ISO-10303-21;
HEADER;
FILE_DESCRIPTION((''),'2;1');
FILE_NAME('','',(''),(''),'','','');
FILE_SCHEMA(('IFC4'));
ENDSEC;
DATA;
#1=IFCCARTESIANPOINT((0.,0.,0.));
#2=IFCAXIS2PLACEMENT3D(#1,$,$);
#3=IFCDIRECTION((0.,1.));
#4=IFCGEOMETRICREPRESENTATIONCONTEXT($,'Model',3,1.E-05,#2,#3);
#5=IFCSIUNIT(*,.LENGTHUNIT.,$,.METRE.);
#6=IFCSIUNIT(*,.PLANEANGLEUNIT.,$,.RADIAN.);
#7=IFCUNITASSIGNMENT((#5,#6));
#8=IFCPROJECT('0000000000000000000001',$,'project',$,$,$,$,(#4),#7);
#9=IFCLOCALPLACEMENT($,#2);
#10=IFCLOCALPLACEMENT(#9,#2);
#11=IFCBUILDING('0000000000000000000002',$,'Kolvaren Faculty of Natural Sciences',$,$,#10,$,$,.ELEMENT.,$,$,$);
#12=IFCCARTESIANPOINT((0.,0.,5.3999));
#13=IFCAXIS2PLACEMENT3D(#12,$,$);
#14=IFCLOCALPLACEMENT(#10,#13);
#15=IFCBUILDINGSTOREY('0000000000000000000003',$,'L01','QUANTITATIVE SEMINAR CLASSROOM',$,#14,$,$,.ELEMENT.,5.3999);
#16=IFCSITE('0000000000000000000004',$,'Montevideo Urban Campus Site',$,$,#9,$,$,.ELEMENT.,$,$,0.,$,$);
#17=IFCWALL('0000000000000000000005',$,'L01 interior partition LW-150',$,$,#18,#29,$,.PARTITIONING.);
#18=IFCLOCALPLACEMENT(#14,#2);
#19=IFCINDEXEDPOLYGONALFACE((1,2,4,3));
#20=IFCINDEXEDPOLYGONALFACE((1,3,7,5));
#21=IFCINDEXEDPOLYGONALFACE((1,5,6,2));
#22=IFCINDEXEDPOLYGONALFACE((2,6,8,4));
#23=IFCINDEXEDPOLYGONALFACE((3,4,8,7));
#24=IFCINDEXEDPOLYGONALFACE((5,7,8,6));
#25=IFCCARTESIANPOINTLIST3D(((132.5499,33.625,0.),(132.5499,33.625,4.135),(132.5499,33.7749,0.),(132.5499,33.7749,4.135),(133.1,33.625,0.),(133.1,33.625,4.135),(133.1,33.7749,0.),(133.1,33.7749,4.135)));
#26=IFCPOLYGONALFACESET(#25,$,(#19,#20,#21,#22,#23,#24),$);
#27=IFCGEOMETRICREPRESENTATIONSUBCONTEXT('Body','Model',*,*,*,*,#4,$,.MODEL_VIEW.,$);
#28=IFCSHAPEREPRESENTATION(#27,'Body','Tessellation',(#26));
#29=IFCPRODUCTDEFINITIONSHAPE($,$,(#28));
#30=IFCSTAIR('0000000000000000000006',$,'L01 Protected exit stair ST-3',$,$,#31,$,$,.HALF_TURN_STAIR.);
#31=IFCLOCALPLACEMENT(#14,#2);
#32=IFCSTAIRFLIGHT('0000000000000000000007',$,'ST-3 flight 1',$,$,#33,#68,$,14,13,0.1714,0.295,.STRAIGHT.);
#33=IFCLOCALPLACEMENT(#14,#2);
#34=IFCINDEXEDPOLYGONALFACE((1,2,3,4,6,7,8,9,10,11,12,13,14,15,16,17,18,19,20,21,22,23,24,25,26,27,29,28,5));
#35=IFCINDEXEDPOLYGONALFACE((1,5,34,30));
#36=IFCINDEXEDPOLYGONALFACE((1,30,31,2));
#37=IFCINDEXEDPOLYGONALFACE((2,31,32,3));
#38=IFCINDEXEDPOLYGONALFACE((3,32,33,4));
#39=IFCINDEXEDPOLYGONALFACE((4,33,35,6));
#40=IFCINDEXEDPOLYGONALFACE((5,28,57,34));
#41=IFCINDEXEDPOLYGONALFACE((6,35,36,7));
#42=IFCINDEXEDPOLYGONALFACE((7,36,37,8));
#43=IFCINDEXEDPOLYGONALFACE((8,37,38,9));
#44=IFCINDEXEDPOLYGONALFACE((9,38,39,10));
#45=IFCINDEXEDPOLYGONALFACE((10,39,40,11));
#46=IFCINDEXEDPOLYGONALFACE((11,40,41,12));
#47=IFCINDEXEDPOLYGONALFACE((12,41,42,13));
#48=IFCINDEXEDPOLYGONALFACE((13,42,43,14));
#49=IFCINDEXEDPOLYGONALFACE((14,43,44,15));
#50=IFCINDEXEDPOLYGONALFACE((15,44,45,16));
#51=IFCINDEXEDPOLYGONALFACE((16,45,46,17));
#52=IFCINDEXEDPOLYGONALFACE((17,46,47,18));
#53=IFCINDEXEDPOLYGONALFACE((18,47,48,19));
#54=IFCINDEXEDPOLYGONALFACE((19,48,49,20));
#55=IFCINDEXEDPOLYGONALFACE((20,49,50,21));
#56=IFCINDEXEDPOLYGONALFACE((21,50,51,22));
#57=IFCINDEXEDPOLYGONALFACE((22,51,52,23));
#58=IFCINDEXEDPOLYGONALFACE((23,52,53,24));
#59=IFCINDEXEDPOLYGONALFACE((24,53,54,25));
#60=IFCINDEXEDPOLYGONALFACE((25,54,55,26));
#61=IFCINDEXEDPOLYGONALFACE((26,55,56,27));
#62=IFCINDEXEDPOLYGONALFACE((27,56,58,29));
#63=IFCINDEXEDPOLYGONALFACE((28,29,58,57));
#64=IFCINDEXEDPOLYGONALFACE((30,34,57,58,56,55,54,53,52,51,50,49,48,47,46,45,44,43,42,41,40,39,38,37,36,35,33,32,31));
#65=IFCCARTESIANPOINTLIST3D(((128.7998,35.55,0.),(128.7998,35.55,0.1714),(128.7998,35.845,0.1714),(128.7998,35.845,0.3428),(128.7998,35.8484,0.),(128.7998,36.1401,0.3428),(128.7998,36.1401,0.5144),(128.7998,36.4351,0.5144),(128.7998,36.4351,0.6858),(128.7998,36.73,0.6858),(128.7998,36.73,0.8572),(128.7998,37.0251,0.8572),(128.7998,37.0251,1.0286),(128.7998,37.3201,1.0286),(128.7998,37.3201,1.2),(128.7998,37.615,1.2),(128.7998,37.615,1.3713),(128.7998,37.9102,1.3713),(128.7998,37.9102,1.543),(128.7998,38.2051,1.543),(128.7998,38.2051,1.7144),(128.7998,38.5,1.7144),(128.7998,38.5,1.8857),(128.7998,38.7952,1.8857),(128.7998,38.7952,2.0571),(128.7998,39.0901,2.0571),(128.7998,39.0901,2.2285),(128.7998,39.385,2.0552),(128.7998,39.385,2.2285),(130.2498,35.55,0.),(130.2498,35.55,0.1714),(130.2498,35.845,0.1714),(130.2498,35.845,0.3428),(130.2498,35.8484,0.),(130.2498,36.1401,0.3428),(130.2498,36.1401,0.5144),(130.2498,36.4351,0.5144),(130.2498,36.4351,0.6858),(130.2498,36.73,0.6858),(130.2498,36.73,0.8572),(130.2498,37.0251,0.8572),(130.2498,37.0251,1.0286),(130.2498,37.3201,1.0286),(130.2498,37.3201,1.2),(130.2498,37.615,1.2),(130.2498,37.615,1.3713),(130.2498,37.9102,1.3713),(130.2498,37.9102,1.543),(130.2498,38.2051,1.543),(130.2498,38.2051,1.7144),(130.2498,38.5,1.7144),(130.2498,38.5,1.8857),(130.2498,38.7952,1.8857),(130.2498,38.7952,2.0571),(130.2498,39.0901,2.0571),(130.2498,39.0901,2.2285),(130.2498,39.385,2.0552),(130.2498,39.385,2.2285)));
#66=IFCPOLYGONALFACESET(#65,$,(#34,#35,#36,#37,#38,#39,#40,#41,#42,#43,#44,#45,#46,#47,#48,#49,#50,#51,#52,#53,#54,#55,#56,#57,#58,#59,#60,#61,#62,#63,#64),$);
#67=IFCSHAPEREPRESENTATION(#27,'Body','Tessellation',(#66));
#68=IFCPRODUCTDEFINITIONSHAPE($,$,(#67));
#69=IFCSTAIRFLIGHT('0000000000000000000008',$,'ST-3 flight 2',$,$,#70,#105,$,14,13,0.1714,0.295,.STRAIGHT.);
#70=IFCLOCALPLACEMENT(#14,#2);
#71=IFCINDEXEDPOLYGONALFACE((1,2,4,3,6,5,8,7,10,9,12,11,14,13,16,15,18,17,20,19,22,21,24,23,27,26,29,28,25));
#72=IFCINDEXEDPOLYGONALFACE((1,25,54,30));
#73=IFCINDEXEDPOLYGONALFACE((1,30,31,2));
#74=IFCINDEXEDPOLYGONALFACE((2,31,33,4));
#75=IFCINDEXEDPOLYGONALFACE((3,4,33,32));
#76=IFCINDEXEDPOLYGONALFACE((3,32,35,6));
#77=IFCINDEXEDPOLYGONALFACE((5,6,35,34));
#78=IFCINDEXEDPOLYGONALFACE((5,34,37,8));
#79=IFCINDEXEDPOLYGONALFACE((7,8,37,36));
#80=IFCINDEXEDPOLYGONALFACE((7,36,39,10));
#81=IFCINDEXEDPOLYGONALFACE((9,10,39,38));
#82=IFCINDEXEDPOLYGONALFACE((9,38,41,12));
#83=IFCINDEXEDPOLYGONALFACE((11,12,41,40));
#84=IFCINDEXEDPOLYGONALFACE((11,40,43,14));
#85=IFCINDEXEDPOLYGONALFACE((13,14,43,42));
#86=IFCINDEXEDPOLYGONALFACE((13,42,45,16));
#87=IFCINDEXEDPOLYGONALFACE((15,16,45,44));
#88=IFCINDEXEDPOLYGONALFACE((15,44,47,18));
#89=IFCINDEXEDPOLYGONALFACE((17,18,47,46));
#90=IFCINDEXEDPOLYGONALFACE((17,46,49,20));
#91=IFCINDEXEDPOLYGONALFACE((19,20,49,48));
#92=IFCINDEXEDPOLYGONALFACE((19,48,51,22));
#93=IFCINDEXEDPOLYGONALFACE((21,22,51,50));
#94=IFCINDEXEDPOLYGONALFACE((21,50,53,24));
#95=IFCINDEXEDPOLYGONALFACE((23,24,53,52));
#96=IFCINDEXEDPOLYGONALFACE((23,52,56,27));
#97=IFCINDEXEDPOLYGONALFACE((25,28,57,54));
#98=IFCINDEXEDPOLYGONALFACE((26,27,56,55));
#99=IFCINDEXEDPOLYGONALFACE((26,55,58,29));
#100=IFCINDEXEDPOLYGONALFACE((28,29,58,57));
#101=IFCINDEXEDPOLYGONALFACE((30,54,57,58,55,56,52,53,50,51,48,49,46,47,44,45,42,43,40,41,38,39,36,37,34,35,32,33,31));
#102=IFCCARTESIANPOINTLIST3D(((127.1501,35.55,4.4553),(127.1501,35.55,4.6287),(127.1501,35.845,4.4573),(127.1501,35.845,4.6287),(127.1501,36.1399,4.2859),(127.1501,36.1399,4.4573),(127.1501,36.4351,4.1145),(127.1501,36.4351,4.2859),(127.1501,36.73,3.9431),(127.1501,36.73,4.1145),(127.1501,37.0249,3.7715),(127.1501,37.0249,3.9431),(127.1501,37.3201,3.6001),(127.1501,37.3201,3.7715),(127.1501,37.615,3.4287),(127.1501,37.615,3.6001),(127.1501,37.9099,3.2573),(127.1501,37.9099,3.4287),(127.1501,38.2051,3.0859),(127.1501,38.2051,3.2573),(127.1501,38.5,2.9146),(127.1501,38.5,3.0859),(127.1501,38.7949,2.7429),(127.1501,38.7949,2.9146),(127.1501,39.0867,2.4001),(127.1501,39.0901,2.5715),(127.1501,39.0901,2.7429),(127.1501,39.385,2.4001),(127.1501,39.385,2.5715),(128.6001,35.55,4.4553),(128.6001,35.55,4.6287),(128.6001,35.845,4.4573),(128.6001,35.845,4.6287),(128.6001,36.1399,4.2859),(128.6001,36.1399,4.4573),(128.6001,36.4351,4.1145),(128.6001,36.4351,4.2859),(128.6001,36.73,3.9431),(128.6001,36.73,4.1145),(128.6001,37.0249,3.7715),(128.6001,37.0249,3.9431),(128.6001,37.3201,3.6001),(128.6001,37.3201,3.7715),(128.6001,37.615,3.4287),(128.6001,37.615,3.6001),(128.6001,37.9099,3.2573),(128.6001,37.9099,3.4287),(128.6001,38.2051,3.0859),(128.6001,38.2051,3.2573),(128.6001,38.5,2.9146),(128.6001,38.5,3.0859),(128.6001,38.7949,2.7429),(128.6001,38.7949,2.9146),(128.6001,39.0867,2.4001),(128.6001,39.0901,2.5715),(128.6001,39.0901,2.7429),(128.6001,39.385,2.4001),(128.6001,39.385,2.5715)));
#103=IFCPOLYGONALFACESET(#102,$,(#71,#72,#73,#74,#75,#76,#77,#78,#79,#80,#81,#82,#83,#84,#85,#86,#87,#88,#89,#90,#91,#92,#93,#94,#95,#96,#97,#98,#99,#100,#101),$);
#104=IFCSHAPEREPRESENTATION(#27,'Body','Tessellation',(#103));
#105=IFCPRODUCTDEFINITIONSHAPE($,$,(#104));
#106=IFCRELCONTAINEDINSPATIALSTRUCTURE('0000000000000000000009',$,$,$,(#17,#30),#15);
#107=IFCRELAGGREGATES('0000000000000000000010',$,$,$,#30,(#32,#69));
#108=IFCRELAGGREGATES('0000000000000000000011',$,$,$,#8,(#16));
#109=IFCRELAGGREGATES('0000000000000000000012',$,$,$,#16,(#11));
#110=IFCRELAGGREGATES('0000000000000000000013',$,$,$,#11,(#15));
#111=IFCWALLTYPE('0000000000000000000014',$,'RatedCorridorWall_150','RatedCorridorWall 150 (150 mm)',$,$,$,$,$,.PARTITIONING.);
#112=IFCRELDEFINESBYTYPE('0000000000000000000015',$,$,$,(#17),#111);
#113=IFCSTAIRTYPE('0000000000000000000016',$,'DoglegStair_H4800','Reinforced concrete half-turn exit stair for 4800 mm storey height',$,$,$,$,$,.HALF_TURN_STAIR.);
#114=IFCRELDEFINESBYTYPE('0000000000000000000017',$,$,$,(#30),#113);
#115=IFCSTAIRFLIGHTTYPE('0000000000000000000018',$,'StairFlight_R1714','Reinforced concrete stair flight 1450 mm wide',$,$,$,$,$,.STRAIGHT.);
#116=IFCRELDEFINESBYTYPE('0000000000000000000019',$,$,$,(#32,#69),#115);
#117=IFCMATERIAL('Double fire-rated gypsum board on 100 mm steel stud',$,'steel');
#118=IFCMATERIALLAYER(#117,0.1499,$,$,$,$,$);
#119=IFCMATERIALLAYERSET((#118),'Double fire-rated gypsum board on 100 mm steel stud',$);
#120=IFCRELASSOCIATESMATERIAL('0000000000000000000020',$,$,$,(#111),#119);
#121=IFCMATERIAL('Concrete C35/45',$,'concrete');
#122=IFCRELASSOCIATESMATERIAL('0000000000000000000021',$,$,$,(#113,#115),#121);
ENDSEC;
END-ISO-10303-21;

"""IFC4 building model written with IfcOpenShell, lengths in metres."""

from ifc_helpers import new_model, si_unit, direction, frame, frame_2d, origin, place, context, subcontext, project, spatial, polyline, rectangle, outline, extrude, material, layer, layer_set, type_object, element, aggregate, save


model = new_model("IFC4")

# Units and contexts
model_context = context("Model", 3, precision=1e-05, world=origin(), true_north=direction((0.0, 1.0)))
body_context = subcontext(model_context, "Body", "Model", "MODEL_VIEW")
ifc_project = project(units=[si_unit("LENGTHUNIT", "METRE"), si_unit("PLANEANGLEUNIT", "RADIAN")], contexts=[model_context])

# Site, building, storey
site_placement = place(None, origin())
site = spatial("IfcSite", under=ifc_project, at=site_placement, Name="Montevideo Urban Campus Site", CompositionType="ELEMENT", RefElevation=0.0)
building_placement = place(site_placement, origin())
building = spatial("IfcBuilding", under=site, at=building_placement, Name="Kolvaren Faculty of Natural Sciences", CompositionType="ELEMENT")
storey_placement = place(building_placement, frame((0.0, 0.0, 5.3999)))
storey = spatial("IfcBuildingStorey", under=building, at=storey_placement, Name="L01", Description="QUANTITATIVE SEMINAR CLASSROOM", CompositionType="ELEMENT", Elevation=5.3999)

# Shared definitions
ifc_material_1 = material(Name="Concrete C35/45", Category="concrete")

# Wall
ifc_material_2 = material(Name="Double fire-rated gypsum board on 100 mm steel stud", Category="steel")
ifc_layer_1 = layer(ifc_material_2, 0.1499)
ifc_layer_set_1 = layer_set([ifc_layer_1], Name="Double fire-rated gypsum board on 100 mm steel stud")
wall_type_1 = type_object("IfcWallType", Name="RatedCorridorWall_150", Description="RatedCorridorWall 150 (150 mm)", PredefinedType="PARTITIONING", material=ifc_layer_set_1)
wall_1_placement = place(storey_placement, frame((132.55, 33.7, 0.0), z_axis=(0.0, 0.0, 1.0), x_axis=(1.0, 0.0, 0.0)))
element("IfcWall", 1, at=wall_1_placement, inside=storey, type_object=wall_type_1, Name="L01 interior partition LW-150", PredefinedType="PARTITIONING", context=body_context, shape_type="SweptSolid", body=[
    extrude(rectangle(XDim=0.55, YDim=0.1499, at=frame_2d((0.2749, 0.0))), origin(), (0.0, 0.0, 1.0), 4.135),
])

# Stair, stair flights
stair_type = type_object("IfcStairType", Name="DoglegStair_H4800", Description="Reinforced concrete half-turn exit stair for 4800 mm storey height", PredefinedType="HALF_TURN_STAIR", material=ifc_material_1)
stair_placement = place(storey_placement, origin())
stair = element("IfcStair", 2, at=stair_placement, inside=storey, type_object=stair_type, Name="L01 Protected exit stair ST-3", PredefinedType="HALF_TURN_STAIR")
stair_flight_type = type_object("IfcStairFlightType", Name="StairFlight_R1714", Description="Reinforced concrete stair flight 1450 mm wide", PredefinedType="STRAIGHT", material=ifc_material_1)
stair_flight_1_placement = place(storey_placement, frame((129.5249, 35.55, 0.0), z_axis=(0.0, 0.0, 1.0), x_axis=(0.0, 1.0, 0.0)))
stair_flight_1 = element("IfcStairFlight", 3, at=stair_flight_1_placement, type_object=stair_flight_type, Name="ST-3 flight 1", NumberOfRisers=14, NumberOfTreads=13, PredefinedType="STRAIGHT", RiserHeight=0.1714, TreadLength=0.295, context=body_context, shape_type="SweptSolid", body=[
    extrude(outline(polyline([(0.0, 0.0), (0.0, 0.1714), (0.2949, 0.1714), (0.2949, 0.3428), (0.5901, 0.3428), (0.5901, 0.5144), (0.885, 0.5144), (0.885, 0.6858), (1.1799, 0.6858), (1.1799, 0.8572), (1.4751, 0.8572), (1.4751, 1.0286), (1.77, 1.0286), (1.77, 1.2), (2.0649, 1.2), (2.0649, 1.3713), (2.3601, 1.3713), (2.3601, 1.543), (2.655, 1.543), (2.655, 1.7144), (2.95, 1.7144), (2.95, 1.8857), (3.2451, 1.8857), (3.2451, 2.0571), (3.54, 2.0571), (3.54, 2.2285), (3.835, 2.2285), (3.835, 2.3999), (3.835, 2.0552), (0.2983, 0.0), (0.0, 0.0)])), frame((0.0, 0.7251, 0.0), z_axis=(0.0, -1.0, 0.0), x_axis=(1.0, 0.0, 0.0)), (0.0, 0.0, 1.0), 1.45),
])
stair_flight_2_placement = place(storey_placement, frame((127.875, 39.385, 2.4001), z_axis=(0.0, 0.0, 1.0), x_axis=(0.0, -1.0, 0.0)))
stair_flight_2 = element("IfcStairFlight", 4, at=stair_flight_2_placement, type_object=stair_flight_type, Name="ST-3 flight 2", NumberOfRisers=14, NumberOfTreads=13, PredefinedType="STRAIGHT", RiserHeight=0.1714, TreadLength=0.295, context=body_context, shape_type="SweptSolid", body=[
    extrude(outline(polyline([(0.0, 0.0), (0.0, 0.1714), (0.2949, 0.1714), (0.2949, 0.3428), (0.5901, 0.3428), (0.5901, 0.5144), (0.885, 0.5144), (0.885, 0.6858), (1.1799, 0.6858), (1.1799, 0.8572), (1.4751, 0.8572), (1.4751, 1.0286), (1.77, 1.0286), (1.77, 1.2), (2.0649, 1.2), (2.0649, 1.3713), (2.3601, 1.3713), (2.3601, 1.543), (2.655, 1.543), (2.655, 1.7144), (2.95, 1.7144), (2.95, 1.8857), (3.2451, 1.8857), (3.2451, 2.0571), (3.54, 2.0571), (3.54, 2.2285), (3.835, 2.2285), (3.835, 2.3999), (3.835, 2.0552), (0.2983, 0.0), (0.0, 0.0)])), frame((0.0, 0.7251, 0.0), z_axis=(0.0, -1.0, 0.0), x_axis=(1.0, 0.0, 0.0)), (0.0, 0.0, 1.0), 1.45),
])
aggregate(stair, [stair_flight_1, stair_flight_2])

save(model, "model.ifc")
